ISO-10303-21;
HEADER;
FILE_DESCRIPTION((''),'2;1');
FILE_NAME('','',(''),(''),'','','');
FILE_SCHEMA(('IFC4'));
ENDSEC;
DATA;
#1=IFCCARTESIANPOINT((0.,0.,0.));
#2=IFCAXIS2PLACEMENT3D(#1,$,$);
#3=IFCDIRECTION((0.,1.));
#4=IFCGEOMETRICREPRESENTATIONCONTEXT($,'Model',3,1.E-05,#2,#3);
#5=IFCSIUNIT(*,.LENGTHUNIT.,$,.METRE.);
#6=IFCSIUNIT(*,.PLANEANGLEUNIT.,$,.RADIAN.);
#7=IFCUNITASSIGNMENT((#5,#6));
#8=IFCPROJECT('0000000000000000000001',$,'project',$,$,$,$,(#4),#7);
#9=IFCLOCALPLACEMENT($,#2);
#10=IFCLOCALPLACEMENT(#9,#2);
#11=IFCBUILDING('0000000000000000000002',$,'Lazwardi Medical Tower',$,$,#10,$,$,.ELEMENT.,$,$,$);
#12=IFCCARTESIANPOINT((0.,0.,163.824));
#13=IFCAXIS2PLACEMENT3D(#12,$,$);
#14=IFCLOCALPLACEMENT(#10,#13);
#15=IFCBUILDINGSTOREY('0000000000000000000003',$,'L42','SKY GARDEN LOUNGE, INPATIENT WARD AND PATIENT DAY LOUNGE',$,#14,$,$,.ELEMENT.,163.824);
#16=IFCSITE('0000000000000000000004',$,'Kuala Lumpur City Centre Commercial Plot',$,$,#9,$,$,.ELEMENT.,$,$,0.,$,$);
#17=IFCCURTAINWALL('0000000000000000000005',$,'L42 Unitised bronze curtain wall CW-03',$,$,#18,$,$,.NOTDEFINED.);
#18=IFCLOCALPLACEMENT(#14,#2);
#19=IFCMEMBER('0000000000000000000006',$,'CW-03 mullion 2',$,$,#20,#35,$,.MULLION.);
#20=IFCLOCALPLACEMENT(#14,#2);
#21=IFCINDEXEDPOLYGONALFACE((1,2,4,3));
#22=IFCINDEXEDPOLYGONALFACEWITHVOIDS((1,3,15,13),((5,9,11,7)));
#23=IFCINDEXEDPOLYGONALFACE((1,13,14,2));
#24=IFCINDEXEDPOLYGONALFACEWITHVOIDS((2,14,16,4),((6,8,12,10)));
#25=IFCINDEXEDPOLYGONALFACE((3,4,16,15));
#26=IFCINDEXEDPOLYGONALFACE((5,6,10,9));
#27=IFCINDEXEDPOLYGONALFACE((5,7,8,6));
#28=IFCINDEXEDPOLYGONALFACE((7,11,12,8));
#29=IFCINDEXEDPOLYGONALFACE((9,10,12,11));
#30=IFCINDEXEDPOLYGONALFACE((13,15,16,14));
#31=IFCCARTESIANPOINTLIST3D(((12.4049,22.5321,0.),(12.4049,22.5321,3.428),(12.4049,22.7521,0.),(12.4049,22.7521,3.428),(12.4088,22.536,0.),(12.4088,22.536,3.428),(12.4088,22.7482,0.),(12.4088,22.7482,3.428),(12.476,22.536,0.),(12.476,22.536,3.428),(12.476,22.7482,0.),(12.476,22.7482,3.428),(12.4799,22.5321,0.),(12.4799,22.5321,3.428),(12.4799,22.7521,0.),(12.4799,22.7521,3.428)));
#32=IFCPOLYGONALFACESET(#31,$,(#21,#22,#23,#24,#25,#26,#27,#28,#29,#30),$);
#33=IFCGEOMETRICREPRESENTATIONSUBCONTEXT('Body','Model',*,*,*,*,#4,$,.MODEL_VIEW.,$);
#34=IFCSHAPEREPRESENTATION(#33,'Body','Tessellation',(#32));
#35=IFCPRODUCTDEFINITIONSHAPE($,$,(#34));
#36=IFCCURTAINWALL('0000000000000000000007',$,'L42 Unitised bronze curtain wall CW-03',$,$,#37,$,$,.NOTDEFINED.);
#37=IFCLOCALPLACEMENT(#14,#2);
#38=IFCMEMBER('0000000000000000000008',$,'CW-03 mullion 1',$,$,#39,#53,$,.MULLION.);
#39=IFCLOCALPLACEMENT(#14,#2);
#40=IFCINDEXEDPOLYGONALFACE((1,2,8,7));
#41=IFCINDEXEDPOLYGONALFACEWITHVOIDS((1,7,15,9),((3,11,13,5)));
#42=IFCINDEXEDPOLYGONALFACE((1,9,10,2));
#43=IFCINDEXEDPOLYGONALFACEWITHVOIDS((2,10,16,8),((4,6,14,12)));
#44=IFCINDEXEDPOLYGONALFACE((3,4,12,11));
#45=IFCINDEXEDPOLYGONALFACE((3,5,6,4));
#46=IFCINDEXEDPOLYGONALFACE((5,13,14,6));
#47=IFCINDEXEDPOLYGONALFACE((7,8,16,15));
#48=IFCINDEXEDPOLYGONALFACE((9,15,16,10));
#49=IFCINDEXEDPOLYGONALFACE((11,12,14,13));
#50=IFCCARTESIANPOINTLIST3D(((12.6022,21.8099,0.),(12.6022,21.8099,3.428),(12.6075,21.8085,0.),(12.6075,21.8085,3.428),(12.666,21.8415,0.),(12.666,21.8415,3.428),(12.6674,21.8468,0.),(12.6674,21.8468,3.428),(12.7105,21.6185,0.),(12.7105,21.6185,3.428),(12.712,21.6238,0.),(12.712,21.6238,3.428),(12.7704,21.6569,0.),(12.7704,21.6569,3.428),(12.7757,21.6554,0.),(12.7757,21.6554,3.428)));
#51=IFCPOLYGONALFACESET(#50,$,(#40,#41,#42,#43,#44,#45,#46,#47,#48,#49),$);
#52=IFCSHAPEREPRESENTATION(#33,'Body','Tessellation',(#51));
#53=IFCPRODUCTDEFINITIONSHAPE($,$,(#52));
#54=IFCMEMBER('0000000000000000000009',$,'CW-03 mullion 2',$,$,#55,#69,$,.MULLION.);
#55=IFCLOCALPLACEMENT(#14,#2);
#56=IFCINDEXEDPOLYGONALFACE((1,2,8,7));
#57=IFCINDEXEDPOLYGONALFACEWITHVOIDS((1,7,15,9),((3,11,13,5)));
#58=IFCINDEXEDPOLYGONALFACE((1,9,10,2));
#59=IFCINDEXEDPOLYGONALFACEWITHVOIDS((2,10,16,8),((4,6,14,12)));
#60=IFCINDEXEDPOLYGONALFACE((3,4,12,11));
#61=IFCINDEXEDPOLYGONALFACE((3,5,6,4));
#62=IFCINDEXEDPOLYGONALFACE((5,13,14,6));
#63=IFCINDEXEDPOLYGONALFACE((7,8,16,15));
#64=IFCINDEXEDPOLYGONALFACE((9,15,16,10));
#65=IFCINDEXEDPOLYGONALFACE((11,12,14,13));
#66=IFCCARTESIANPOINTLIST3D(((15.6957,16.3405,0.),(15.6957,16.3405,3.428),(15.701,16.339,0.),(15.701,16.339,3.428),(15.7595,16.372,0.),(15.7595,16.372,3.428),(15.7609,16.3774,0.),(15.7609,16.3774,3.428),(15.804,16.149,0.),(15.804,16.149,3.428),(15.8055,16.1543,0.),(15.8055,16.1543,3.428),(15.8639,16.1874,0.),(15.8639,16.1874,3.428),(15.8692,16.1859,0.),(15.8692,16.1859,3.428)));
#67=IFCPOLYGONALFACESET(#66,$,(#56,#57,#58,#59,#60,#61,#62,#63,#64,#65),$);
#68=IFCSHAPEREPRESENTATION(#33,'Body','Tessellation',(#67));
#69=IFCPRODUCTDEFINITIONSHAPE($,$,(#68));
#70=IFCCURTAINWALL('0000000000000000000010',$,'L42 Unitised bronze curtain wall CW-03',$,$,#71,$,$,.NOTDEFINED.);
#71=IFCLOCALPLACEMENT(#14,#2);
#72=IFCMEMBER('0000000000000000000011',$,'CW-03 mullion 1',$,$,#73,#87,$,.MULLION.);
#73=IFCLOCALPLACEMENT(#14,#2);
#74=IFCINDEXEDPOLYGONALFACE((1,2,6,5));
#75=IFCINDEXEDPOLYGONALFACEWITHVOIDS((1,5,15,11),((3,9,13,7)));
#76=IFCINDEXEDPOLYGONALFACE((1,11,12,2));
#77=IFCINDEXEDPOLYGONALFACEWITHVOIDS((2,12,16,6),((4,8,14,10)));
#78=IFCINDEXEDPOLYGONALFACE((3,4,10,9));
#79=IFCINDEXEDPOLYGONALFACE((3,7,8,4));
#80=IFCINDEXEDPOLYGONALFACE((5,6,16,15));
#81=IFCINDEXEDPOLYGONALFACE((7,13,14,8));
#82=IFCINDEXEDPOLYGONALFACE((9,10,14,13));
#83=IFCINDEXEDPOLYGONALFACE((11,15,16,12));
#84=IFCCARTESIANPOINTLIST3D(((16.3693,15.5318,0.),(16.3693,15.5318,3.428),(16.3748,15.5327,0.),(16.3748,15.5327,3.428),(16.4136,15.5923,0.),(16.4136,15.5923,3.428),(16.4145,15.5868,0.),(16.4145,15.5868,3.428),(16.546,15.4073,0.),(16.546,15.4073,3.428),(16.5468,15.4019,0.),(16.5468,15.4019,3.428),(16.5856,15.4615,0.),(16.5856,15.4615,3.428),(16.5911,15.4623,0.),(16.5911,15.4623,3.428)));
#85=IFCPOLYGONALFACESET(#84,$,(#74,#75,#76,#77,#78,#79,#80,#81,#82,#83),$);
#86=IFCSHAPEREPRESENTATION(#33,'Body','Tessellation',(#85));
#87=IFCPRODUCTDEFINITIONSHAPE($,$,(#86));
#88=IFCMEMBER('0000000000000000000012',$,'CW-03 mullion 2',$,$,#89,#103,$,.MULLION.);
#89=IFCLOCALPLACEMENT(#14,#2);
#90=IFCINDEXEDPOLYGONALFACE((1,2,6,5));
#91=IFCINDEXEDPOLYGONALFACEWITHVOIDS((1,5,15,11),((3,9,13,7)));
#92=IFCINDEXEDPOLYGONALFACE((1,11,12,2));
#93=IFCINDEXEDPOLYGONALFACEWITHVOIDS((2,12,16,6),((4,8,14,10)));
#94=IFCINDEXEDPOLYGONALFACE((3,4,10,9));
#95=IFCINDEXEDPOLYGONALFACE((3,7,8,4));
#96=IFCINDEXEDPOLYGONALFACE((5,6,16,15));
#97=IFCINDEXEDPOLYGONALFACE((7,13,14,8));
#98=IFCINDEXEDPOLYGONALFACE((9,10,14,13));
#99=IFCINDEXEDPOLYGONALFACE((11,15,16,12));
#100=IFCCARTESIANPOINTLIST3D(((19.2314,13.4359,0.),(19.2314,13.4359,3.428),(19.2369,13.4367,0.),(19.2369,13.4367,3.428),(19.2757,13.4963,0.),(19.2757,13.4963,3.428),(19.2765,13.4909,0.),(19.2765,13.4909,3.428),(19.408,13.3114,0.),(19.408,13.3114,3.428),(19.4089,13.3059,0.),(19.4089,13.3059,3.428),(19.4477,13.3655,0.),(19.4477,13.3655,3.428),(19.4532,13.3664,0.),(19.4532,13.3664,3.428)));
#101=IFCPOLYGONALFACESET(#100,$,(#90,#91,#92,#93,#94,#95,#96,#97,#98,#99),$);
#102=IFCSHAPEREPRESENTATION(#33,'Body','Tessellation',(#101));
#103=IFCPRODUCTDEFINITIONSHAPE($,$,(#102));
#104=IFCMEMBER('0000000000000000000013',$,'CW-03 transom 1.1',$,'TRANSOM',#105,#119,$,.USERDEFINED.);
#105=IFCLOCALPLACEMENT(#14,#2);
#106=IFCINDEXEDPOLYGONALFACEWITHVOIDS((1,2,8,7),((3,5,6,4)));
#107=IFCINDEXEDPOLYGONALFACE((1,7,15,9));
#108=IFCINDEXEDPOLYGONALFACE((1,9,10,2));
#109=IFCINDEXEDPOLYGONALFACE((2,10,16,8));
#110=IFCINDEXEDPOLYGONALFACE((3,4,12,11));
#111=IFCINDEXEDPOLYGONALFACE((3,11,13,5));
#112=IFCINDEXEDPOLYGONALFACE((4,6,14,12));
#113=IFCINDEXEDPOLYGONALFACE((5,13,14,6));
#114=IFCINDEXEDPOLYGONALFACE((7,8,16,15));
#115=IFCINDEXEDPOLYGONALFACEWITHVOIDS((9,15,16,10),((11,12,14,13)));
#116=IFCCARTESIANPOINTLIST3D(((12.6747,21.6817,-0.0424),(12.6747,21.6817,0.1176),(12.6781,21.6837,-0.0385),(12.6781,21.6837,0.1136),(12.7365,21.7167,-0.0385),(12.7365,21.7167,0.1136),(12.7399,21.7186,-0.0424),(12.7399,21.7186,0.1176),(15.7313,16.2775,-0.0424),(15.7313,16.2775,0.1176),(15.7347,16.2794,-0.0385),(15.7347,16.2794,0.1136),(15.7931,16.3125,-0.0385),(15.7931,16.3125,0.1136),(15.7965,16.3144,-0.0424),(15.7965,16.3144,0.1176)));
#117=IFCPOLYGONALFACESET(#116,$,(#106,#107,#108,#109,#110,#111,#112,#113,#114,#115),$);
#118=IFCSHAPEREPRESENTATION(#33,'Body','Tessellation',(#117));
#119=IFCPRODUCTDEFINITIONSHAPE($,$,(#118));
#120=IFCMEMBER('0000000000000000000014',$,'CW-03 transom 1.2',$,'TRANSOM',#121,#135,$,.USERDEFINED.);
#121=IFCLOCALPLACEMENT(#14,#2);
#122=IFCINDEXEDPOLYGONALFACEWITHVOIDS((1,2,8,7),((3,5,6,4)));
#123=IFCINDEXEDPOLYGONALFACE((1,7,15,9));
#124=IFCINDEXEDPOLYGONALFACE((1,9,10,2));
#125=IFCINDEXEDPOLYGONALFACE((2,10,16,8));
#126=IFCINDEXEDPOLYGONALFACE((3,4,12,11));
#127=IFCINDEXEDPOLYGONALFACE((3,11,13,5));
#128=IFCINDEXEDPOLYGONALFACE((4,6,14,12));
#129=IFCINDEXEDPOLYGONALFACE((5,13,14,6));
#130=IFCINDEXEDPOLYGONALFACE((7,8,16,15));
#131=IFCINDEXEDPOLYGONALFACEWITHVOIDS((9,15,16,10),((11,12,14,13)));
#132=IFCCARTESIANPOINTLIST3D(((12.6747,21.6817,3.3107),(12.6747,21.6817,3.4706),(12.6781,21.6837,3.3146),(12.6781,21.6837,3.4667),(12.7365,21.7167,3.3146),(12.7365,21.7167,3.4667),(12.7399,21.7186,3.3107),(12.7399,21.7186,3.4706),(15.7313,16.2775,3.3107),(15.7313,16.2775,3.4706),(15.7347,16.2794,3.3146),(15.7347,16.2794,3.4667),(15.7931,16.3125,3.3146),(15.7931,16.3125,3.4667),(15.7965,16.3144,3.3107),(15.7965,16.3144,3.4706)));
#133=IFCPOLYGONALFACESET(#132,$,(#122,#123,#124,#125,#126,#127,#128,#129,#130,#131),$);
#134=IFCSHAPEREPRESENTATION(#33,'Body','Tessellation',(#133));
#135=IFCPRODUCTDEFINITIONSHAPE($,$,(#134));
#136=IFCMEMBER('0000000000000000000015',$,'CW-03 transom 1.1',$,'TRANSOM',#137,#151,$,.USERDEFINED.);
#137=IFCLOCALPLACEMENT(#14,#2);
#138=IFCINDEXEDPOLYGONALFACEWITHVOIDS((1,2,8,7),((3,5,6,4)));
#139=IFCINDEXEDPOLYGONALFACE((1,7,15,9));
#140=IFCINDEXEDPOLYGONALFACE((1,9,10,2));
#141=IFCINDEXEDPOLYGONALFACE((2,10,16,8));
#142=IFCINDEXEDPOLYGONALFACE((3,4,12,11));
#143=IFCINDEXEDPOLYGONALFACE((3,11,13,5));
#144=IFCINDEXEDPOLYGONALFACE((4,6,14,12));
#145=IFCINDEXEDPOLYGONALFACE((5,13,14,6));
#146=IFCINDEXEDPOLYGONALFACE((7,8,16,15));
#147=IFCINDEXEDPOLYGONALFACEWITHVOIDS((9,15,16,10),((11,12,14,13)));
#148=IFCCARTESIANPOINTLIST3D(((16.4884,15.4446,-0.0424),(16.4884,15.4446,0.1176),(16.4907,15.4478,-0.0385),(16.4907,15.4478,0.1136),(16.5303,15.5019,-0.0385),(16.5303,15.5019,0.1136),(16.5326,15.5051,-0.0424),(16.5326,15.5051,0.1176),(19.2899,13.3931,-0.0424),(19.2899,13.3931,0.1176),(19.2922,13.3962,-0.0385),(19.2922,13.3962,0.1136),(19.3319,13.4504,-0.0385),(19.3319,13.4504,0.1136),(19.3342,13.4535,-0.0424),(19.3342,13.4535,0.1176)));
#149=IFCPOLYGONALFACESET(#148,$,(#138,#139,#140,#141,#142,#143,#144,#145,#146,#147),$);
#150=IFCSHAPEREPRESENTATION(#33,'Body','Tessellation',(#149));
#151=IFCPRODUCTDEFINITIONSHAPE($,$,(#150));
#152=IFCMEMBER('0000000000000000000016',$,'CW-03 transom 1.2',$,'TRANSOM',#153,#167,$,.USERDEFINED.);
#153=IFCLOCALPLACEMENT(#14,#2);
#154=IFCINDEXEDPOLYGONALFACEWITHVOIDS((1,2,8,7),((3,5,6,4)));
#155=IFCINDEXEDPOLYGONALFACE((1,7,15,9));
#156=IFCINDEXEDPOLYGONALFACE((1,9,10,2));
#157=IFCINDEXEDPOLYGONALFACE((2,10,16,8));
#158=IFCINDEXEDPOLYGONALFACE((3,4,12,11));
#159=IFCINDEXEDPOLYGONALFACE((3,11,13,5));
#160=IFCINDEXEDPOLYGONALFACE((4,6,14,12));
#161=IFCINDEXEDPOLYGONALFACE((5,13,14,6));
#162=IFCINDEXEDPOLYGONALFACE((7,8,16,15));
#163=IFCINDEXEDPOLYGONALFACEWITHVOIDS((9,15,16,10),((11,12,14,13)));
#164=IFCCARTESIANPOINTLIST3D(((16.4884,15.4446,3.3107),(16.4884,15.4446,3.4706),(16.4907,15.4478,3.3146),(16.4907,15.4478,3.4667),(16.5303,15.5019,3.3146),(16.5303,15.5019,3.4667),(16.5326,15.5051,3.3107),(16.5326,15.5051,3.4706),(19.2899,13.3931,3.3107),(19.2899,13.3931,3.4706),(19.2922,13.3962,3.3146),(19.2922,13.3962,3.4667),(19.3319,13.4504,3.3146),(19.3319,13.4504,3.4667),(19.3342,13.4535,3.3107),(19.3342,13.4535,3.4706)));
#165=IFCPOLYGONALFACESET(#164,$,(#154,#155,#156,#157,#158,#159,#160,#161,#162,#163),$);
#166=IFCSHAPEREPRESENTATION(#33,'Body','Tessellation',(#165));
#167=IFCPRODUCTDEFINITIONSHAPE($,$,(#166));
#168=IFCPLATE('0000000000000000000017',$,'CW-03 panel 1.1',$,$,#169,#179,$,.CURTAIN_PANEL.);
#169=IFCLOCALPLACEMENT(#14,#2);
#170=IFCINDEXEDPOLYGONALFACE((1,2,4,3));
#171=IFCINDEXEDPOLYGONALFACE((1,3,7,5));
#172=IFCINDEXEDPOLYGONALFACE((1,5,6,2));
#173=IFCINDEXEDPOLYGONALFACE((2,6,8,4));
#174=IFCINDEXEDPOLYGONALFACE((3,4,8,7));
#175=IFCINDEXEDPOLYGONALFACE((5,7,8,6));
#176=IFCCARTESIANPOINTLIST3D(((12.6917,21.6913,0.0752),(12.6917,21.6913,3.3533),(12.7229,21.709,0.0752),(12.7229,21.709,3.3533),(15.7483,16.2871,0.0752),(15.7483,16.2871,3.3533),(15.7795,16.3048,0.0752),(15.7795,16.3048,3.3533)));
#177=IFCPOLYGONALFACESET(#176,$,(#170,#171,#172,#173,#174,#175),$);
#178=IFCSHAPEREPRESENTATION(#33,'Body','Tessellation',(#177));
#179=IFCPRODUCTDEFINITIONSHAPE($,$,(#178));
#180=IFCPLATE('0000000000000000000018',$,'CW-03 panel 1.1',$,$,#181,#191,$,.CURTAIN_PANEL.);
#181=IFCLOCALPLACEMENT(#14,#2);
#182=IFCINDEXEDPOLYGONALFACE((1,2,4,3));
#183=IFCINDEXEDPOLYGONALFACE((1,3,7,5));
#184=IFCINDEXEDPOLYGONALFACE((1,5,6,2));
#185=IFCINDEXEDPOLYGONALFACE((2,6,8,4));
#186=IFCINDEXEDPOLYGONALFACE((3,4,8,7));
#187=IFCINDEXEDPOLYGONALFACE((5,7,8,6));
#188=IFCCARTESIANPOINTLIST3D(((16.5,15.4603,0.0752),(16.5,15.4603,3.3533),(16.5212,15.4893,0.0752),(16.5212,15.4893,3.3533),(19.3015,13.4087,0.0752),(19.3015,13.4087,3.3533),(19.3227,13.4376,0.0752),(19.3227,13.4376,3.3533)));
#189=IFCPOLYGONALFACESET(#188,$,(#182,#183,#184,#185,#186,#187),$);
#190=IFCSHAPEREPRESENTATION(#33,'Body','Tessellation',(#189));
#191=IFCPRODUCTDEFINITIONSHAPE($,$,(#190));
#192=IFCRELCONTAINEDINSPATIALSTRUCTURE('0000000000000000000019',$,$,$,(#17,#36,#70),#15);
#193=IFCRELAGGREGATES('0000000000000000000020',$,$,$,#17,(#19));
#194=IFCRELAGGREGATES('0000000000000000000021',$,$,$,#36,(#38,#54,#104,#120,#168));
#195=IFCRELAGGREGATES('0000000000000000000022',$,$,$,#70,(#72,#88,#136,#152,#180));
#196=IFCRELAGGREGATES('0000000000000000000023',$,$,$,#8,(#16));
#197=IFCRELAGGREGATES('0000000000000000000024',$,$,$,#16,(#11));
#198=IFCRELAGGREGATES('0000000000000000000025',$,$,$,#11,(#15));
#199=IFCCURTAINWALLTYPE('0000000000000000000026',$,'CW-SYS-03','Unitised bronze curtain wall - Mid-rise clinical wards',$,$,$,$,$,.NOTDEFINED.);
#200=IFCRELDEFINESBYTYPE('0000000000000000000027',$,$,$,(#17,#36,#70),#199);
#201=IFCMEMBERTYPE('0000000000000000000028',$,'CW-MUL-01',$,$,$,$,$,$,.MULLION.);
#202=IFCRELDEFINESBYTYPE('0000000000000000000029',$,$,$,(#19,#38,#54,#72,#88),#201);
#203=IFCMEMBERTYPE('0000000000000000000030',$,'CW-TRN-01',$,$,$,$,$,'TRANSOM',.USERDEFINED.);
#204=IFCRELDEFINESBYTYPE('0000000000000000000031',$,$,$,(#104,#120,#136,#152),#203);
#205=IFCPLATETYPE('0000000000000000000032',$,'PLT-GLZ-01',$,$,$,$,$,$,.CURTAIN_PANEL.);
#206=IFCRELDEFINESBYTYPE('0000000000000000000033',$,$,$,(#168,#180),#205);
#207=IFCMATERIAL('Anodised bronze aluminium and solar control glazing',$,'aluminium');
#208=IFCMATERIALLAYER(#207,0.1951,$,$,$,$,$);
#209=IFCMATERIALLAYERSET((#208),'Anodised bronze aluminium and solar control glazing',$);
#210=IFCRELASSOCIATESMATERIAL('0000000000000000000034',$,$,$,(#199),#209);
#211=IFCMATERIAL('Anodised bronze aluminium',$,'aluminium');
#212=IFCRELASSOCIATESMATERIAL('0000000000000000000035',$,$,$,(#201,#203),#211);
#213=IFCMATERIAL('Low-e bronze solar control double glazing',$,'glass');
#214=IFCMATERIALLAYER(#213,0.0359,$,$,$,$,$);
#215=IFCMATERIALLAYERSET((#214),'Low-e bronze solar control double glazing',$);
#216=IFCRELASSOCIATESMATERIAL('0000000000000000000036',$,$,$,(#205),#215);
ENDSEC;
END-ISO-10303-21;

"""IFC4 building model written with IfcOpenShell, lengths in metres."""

from ifc_helpers import new_model, si_unit, direction, frame, origin, origin_2d, place, context, subcontext, project, spatial, rectangle, hollow_rectangle, extrude, material, layer, layer_set, material_profile, profile_set, type_object, element, aggregate, save


model = new_model("IFC4")

# Units and contexts
model_context = context("Model", 3, precision=1e-05, world=origin(), true_north=direction((0.0, 1.0)))
body_context = subcontext(model_context, "Body", "Model", "MODEL_VIEW")
ifc_project = project(units=[si_unit("LENGTHUNIT", "METRE"), si_unit("PLANEANGLEUNIT", "RADIAN")], contexts=[model_context])

# Site, building, storey
site_placement = place(None, origin())
site = spatial("IfcSite", under=ifc_project, at=site_placement, Name="Kuala Lumpur City Centre Commercial Plot", CompositionType="ELEMENT", RefElevation=0.0)
building_placement = place(site_placement, origin())
building = spatial("IfcBuilding", under=site, at=building_placement, Name="Lazwardi Medical Tower", CompositionType="ELEMENT")
storey_placement = place(building_placement, frame((0.0, 0.0, 163.824)))
storey = spatial("IfcBuildingStorey", under=building, at=storey_placement, Name="L42", Description="SKY GARDEN LOUNGE, INPATIENT WARD AND PATIENT DAY LOUNGE", CompositionType="ELEMENT", Elevation=163.824)

# Curtain wall, member
ifc_material_1 = material(Name="Anodised bronze aluminium and solar control glazing", Category="aluminium")
ifc_layer_1 = layer(ifc_material_1, 0.1951)
ifc_layer_set_1 = layer_set([ifc_layer_1], Name="Anodised bronze aluminium and solar control glazing")
curtain_wall_type = type_object("IfcCurtainWallType", Name="CW-SYS-03", Description="Unitised bronze curtain wall - Mid-rise clinical wards", PredefinedType="NOTDEFINED", material=ifc_layer_set_1)
curtain_wall_1_placement = place(storey_placement, origin())
curtain_wall_1 = element("IfcCurtainWall", 1, at=curtain_wall_1_placement, inside=storey, type_object=curtain_wall_type, Name="L42 Unitised bronze curtain wall CW-03", PredefinedType="NOTDEFINED")
ifc_material_2 = material(Name="Anodised bronze aluminium", Category="aluminium")
ifc_material_profile_1 = material_profile(ifc_material_2, hollow_rectangle(XDim=0.075, YDim=0.22, WallThickness=0.0039, at=origin_2d()), Name="ALU-MULLION 220x75x4")
ifc_profile_set_1 = profile_set([ifc_material_profile_1], Name="Anodised bronze aluminium")
member_type_1 = type_object("IfcMemberType", Name="CW-MUL-01", PredefinedType="MULLION", material=ifc_profile_set_1)
member_1_placement = place(storey_placement, frame((12.4424, 22.6421, 0.0), z_axis=(0.0, 0.0, 1.0), x_axis=(1.0, 0.0, 0.0)))
member_1 = element("IfcMember", 2, at=member_1_placement, type_object=member_type_1, Name="CW-03 mullion 2", PredefinedType="MULLION", context=body_context, shape_type="SweptSolid", body=[
    extrude(hollow_rectangle(XDim=0.075, YDim=0.22, WallThickness=0.0039, at=origin_2d()), origin(), (0.0, 0.0, 1.0), 3.428),
])
aggregate(curtain_wall_1, [member_1])

# Curtain walls, members
curtain_wall_2_placement = place(storey_placement, origin())
curtain_wall_2 = element("IfcCurtainWall", 3, at=curtain_wall_2_placement, inside=storey, type_object=curtain_wall_type, Name="L42 Unitised bronze curtain wall CW-03", PredefinedType="NOTDEFINED")
member_2_placement = place(storey_placement, frame((12.689, 21.7327, 0.0), z_axis=(0.0, 0.0, 1.0), x_axis=(0.870419, 0.492312, 0.0)))
member_2 = element("IfcMember", 4, at=member_2_placement, type_object=member_type_1, Name="CW-03 mullion 1", PredefinedType="MULLION", context=body_context, shape_type="SweptSolid", body=[
    extrude(hollow_rectangle(XDim=0.075, YDim=0.22, WallThickness=0.0039, at=origin_2d()), origin(), (0.0, 0.0, 1.0), 3.428),
])
member_3_placement = place(storey_placement, frame((15.7825, 16.2632, 0.0), z_axis=(0.0, 0.0, 1.0), x_axis=(0.870419, 0.492312, 0.0)))
member_3 = element("IfcMember", 5, at=member_3_placement, type_object=member_type_1, Name="CW-03 mullion 2", PredefinedType="MULLION", context=body_context, shape_type="SweptSolid", body=[
    extrude(hollow_rectangle(XDim=0.075, YDim=0.22, WallThickness=0.0039, at=origin_2d()), origin(), (0.0, 0.0, 1.0), 3.428),
])
curtain_wall_3_placement = place(storey_placement, origin())
curtain_wall_3 = element("IfcCurtainWall", 6, at=curtain_wall_3_placement, inside=storey, type_object=curtain_wall_type, Name="L42 Unitised bronze curtain wall CW-03", PredefinedType="NOTDEFINED")
member_4_placement = place(storey_placement, frame((16.4802, 15.4971, 0.0), z_axis=(0.0, 0.0, 1.0), x_axis=(0.590834, 0.806793, 0.0)))
member_4 = element("IfcMember", 7, at=member_4_placement, type_object=member_type_1, Name="CW-03 mullion 1", PredefinedType="MULLION", context=body_context, shape_type="SweptSolid", body=[
    extrude(hollow_rectangle(XDim=0.075, YDim=0.22, WallThickness=0.0039, at=origin_2d()), origin(), (0.0, 0.0, 1.0), 3.428),
])
member_5_placement = place(storey_placement, frame((19.3423, 13.4011, 0.0), z_axis=(0.0, 0.0, 1.0), x_axis=(0.590834, 0.806793, 0.0)))
member_5 = element("IfcMember", 8, at=member_5_placement, type_object=member_type_1, Name="CW-03 mullion 2", PredefinedType="MULLION", context=body_context, shape_type="SweptSolid", body=[
    extrude(hollow_rectangle(XDim=0.075, YDim=0.22, WallThickness=0.0039, at=origin_2d()), origin(), (0.0, 0.0, 1.0), 3.428),
])

# Members
ifc_material_profile_2 = material_profile(ifc_material_2, hollow_rectangle(XDim=0.075, YDim=0.1599, WallThickness=0.0039, at=origin_2d()), Name="ALU-TRANSOM 160x75x4")
ifc_profile_set_2 = profile_set([ifc_material_profile_2], Name="Anodised bronze aluminium")
member_type_2 = type_object("IfcMemberType", Name="CW-TRN-01", ElementType="TRANSOM", PredefinedType="USERDEFINED", material=ifc_profile_set_2)
member_6_placement = place(storey_placement, frame((12.7073, 21.7002, 0.0376), z_axis=(0.492306, -0.870422, 0.0), x_axis=(0.870422, 0.492306, 0.0)))
member_6 = element("IfcMember", 9, at=member_6_placement, type_object=member_type_2, Name="CW-03 transom 1.1", ObjectType="TRANSOM", PredefinedType="USERDEFINED", context=body_context, shape_type="SweptSolid", body=[
    extrude(hollow_rectangle(XDim=0.075, YDim=0.1599, WallThickness=0.0039, at=origin_2d()), origin(), (0.0, 0.0, 1.0), 6.2087),
])
member_7_placement = place(storey_placement, frame((12.7073, 21.7002, 3.3906), z_axis=(0.492306, -0.870422, 0.0), x_axis=(0.870422, 0.492306, 0.0)))
member_7 = element("IfcMember", 10, at=member_7_placement, type_object=member_type_2, Name="CW-03 transom 1.2", ObjectType="TRANSOM", PredefinedType="USERDEFINED", context=body_context, shape_type="SweptSolid", body=[
    extrude(hollow_rectangle(XDim=0.075, YDim=0.1599, WallThickness=0.0039, at=origin_2d()), origin(), (0.0, 0.0, 1.0), 6.2087),
])
member_8_placement = place(storey_placement, frame((16.5105, 15.4749, 0.0376), z_axis=(0.806807, -0.590815, 0.0), x_axis=(0.590815, 0.806807, 0.0)))
member_8 = element("IfcMember", 11, at=member_8_placement, type_object=member_type_2, Name="CW-03 transom 1.1", ObjectType="TRANSOM", PredefinedType="USERDEFINED", context=body_context, shape_type="SweptSolid", body=[
    extrude(hollow_rectangle(XDim=0.075, YDim=0.1599, WallThickness=0.0039, at=origin_2d()), origin(), (0.0, 0.0, 1.0), 3.4724),
])
member_9_placement = place(storey_placement, frame((16.5105, 15.4749, 3.3906), z_axis=(0.806807, -0.590815, 0.0), x_axis=(0.590815, 0.806807, 0.0)))
member_9 = element("IfcMember", 12, at=member_9_placement, type_object=member_type_2, Name="CW-03 transom 1.2", ObjectType="TRANSOM", PredefinedType="USERDEFINED", context=body_context, shape_type="SweptSolid", body=[
    extrude(hollow_rectangle(XDim=0.075, YDim=0.1599, WallThickness=0.0039, at=origin_2d()), origin(), (0.0, 0.0, 1.0), 3.4724),
])

# Plates
ifc_material_3 = material(Name="Low-e bronze solar control double glazing", Category="glass")
ifc_layer_2 = layer(ifc_material_3, 0.0359)
ifc_layer_set_2 = layer_set([ifc_layer_2], Name="Low-e bronze solar control double glazing")
plate_type = type_object("IfcPlateType", Name="PLT-GLZ-01", PredefinedType="CURTAIN_PANEL", material=ifc_layer_set_2)
plate_1_placement = place(storey_placement, frame((14.2356, 18.998, 0.0752), z_axis=(0.0, 0.0, 1.0), x_axis=(0.492312, -0.870419, 0.0)))
plate_1 = element("IfcPlate", 13, at=plate_1_placement, type_object=plate_type, Name="CW-03 panel 1.1", PredefinedType="CURTAIN_PANEL", context=body_context, shape_type="SweptSolid", body=[
    extrude(rectangle(XDim=6.2087, YDim=0.0359, at=origin_2d()), origin(), (0.0, 0.0, 1.0), 3.2781),
])
aggregate(curtain_wall_2, [member_2, member_3, member_6, member_7, plate_1])
plate_2_placement = place(storey_placement, frame((17.9114, 14.449, 0.0752), z_axis=(0.0, 0.0, 1.0), x_axis=(0.806793, -0.590834, 0.0)))
plate_2 = element("IfcPlate", 14, at=plate_2_placement, type_object=plate_type, Name="CW-03 panel 1.1", PredefinedType="CURTAIN_PANEL", context=body_context, shape_type="SweptSolid", body=[
    extrude(rectangle(XDim=3.4724, YDim=0.0359, at=origin_2d()), origin(), (0.0, 0.0, 1.0), 3.2781),
])
aggregate(curtain_wall_3, [member_4, member_5, member_8, member_9, plate_2])

save(model, "model.ifc")
